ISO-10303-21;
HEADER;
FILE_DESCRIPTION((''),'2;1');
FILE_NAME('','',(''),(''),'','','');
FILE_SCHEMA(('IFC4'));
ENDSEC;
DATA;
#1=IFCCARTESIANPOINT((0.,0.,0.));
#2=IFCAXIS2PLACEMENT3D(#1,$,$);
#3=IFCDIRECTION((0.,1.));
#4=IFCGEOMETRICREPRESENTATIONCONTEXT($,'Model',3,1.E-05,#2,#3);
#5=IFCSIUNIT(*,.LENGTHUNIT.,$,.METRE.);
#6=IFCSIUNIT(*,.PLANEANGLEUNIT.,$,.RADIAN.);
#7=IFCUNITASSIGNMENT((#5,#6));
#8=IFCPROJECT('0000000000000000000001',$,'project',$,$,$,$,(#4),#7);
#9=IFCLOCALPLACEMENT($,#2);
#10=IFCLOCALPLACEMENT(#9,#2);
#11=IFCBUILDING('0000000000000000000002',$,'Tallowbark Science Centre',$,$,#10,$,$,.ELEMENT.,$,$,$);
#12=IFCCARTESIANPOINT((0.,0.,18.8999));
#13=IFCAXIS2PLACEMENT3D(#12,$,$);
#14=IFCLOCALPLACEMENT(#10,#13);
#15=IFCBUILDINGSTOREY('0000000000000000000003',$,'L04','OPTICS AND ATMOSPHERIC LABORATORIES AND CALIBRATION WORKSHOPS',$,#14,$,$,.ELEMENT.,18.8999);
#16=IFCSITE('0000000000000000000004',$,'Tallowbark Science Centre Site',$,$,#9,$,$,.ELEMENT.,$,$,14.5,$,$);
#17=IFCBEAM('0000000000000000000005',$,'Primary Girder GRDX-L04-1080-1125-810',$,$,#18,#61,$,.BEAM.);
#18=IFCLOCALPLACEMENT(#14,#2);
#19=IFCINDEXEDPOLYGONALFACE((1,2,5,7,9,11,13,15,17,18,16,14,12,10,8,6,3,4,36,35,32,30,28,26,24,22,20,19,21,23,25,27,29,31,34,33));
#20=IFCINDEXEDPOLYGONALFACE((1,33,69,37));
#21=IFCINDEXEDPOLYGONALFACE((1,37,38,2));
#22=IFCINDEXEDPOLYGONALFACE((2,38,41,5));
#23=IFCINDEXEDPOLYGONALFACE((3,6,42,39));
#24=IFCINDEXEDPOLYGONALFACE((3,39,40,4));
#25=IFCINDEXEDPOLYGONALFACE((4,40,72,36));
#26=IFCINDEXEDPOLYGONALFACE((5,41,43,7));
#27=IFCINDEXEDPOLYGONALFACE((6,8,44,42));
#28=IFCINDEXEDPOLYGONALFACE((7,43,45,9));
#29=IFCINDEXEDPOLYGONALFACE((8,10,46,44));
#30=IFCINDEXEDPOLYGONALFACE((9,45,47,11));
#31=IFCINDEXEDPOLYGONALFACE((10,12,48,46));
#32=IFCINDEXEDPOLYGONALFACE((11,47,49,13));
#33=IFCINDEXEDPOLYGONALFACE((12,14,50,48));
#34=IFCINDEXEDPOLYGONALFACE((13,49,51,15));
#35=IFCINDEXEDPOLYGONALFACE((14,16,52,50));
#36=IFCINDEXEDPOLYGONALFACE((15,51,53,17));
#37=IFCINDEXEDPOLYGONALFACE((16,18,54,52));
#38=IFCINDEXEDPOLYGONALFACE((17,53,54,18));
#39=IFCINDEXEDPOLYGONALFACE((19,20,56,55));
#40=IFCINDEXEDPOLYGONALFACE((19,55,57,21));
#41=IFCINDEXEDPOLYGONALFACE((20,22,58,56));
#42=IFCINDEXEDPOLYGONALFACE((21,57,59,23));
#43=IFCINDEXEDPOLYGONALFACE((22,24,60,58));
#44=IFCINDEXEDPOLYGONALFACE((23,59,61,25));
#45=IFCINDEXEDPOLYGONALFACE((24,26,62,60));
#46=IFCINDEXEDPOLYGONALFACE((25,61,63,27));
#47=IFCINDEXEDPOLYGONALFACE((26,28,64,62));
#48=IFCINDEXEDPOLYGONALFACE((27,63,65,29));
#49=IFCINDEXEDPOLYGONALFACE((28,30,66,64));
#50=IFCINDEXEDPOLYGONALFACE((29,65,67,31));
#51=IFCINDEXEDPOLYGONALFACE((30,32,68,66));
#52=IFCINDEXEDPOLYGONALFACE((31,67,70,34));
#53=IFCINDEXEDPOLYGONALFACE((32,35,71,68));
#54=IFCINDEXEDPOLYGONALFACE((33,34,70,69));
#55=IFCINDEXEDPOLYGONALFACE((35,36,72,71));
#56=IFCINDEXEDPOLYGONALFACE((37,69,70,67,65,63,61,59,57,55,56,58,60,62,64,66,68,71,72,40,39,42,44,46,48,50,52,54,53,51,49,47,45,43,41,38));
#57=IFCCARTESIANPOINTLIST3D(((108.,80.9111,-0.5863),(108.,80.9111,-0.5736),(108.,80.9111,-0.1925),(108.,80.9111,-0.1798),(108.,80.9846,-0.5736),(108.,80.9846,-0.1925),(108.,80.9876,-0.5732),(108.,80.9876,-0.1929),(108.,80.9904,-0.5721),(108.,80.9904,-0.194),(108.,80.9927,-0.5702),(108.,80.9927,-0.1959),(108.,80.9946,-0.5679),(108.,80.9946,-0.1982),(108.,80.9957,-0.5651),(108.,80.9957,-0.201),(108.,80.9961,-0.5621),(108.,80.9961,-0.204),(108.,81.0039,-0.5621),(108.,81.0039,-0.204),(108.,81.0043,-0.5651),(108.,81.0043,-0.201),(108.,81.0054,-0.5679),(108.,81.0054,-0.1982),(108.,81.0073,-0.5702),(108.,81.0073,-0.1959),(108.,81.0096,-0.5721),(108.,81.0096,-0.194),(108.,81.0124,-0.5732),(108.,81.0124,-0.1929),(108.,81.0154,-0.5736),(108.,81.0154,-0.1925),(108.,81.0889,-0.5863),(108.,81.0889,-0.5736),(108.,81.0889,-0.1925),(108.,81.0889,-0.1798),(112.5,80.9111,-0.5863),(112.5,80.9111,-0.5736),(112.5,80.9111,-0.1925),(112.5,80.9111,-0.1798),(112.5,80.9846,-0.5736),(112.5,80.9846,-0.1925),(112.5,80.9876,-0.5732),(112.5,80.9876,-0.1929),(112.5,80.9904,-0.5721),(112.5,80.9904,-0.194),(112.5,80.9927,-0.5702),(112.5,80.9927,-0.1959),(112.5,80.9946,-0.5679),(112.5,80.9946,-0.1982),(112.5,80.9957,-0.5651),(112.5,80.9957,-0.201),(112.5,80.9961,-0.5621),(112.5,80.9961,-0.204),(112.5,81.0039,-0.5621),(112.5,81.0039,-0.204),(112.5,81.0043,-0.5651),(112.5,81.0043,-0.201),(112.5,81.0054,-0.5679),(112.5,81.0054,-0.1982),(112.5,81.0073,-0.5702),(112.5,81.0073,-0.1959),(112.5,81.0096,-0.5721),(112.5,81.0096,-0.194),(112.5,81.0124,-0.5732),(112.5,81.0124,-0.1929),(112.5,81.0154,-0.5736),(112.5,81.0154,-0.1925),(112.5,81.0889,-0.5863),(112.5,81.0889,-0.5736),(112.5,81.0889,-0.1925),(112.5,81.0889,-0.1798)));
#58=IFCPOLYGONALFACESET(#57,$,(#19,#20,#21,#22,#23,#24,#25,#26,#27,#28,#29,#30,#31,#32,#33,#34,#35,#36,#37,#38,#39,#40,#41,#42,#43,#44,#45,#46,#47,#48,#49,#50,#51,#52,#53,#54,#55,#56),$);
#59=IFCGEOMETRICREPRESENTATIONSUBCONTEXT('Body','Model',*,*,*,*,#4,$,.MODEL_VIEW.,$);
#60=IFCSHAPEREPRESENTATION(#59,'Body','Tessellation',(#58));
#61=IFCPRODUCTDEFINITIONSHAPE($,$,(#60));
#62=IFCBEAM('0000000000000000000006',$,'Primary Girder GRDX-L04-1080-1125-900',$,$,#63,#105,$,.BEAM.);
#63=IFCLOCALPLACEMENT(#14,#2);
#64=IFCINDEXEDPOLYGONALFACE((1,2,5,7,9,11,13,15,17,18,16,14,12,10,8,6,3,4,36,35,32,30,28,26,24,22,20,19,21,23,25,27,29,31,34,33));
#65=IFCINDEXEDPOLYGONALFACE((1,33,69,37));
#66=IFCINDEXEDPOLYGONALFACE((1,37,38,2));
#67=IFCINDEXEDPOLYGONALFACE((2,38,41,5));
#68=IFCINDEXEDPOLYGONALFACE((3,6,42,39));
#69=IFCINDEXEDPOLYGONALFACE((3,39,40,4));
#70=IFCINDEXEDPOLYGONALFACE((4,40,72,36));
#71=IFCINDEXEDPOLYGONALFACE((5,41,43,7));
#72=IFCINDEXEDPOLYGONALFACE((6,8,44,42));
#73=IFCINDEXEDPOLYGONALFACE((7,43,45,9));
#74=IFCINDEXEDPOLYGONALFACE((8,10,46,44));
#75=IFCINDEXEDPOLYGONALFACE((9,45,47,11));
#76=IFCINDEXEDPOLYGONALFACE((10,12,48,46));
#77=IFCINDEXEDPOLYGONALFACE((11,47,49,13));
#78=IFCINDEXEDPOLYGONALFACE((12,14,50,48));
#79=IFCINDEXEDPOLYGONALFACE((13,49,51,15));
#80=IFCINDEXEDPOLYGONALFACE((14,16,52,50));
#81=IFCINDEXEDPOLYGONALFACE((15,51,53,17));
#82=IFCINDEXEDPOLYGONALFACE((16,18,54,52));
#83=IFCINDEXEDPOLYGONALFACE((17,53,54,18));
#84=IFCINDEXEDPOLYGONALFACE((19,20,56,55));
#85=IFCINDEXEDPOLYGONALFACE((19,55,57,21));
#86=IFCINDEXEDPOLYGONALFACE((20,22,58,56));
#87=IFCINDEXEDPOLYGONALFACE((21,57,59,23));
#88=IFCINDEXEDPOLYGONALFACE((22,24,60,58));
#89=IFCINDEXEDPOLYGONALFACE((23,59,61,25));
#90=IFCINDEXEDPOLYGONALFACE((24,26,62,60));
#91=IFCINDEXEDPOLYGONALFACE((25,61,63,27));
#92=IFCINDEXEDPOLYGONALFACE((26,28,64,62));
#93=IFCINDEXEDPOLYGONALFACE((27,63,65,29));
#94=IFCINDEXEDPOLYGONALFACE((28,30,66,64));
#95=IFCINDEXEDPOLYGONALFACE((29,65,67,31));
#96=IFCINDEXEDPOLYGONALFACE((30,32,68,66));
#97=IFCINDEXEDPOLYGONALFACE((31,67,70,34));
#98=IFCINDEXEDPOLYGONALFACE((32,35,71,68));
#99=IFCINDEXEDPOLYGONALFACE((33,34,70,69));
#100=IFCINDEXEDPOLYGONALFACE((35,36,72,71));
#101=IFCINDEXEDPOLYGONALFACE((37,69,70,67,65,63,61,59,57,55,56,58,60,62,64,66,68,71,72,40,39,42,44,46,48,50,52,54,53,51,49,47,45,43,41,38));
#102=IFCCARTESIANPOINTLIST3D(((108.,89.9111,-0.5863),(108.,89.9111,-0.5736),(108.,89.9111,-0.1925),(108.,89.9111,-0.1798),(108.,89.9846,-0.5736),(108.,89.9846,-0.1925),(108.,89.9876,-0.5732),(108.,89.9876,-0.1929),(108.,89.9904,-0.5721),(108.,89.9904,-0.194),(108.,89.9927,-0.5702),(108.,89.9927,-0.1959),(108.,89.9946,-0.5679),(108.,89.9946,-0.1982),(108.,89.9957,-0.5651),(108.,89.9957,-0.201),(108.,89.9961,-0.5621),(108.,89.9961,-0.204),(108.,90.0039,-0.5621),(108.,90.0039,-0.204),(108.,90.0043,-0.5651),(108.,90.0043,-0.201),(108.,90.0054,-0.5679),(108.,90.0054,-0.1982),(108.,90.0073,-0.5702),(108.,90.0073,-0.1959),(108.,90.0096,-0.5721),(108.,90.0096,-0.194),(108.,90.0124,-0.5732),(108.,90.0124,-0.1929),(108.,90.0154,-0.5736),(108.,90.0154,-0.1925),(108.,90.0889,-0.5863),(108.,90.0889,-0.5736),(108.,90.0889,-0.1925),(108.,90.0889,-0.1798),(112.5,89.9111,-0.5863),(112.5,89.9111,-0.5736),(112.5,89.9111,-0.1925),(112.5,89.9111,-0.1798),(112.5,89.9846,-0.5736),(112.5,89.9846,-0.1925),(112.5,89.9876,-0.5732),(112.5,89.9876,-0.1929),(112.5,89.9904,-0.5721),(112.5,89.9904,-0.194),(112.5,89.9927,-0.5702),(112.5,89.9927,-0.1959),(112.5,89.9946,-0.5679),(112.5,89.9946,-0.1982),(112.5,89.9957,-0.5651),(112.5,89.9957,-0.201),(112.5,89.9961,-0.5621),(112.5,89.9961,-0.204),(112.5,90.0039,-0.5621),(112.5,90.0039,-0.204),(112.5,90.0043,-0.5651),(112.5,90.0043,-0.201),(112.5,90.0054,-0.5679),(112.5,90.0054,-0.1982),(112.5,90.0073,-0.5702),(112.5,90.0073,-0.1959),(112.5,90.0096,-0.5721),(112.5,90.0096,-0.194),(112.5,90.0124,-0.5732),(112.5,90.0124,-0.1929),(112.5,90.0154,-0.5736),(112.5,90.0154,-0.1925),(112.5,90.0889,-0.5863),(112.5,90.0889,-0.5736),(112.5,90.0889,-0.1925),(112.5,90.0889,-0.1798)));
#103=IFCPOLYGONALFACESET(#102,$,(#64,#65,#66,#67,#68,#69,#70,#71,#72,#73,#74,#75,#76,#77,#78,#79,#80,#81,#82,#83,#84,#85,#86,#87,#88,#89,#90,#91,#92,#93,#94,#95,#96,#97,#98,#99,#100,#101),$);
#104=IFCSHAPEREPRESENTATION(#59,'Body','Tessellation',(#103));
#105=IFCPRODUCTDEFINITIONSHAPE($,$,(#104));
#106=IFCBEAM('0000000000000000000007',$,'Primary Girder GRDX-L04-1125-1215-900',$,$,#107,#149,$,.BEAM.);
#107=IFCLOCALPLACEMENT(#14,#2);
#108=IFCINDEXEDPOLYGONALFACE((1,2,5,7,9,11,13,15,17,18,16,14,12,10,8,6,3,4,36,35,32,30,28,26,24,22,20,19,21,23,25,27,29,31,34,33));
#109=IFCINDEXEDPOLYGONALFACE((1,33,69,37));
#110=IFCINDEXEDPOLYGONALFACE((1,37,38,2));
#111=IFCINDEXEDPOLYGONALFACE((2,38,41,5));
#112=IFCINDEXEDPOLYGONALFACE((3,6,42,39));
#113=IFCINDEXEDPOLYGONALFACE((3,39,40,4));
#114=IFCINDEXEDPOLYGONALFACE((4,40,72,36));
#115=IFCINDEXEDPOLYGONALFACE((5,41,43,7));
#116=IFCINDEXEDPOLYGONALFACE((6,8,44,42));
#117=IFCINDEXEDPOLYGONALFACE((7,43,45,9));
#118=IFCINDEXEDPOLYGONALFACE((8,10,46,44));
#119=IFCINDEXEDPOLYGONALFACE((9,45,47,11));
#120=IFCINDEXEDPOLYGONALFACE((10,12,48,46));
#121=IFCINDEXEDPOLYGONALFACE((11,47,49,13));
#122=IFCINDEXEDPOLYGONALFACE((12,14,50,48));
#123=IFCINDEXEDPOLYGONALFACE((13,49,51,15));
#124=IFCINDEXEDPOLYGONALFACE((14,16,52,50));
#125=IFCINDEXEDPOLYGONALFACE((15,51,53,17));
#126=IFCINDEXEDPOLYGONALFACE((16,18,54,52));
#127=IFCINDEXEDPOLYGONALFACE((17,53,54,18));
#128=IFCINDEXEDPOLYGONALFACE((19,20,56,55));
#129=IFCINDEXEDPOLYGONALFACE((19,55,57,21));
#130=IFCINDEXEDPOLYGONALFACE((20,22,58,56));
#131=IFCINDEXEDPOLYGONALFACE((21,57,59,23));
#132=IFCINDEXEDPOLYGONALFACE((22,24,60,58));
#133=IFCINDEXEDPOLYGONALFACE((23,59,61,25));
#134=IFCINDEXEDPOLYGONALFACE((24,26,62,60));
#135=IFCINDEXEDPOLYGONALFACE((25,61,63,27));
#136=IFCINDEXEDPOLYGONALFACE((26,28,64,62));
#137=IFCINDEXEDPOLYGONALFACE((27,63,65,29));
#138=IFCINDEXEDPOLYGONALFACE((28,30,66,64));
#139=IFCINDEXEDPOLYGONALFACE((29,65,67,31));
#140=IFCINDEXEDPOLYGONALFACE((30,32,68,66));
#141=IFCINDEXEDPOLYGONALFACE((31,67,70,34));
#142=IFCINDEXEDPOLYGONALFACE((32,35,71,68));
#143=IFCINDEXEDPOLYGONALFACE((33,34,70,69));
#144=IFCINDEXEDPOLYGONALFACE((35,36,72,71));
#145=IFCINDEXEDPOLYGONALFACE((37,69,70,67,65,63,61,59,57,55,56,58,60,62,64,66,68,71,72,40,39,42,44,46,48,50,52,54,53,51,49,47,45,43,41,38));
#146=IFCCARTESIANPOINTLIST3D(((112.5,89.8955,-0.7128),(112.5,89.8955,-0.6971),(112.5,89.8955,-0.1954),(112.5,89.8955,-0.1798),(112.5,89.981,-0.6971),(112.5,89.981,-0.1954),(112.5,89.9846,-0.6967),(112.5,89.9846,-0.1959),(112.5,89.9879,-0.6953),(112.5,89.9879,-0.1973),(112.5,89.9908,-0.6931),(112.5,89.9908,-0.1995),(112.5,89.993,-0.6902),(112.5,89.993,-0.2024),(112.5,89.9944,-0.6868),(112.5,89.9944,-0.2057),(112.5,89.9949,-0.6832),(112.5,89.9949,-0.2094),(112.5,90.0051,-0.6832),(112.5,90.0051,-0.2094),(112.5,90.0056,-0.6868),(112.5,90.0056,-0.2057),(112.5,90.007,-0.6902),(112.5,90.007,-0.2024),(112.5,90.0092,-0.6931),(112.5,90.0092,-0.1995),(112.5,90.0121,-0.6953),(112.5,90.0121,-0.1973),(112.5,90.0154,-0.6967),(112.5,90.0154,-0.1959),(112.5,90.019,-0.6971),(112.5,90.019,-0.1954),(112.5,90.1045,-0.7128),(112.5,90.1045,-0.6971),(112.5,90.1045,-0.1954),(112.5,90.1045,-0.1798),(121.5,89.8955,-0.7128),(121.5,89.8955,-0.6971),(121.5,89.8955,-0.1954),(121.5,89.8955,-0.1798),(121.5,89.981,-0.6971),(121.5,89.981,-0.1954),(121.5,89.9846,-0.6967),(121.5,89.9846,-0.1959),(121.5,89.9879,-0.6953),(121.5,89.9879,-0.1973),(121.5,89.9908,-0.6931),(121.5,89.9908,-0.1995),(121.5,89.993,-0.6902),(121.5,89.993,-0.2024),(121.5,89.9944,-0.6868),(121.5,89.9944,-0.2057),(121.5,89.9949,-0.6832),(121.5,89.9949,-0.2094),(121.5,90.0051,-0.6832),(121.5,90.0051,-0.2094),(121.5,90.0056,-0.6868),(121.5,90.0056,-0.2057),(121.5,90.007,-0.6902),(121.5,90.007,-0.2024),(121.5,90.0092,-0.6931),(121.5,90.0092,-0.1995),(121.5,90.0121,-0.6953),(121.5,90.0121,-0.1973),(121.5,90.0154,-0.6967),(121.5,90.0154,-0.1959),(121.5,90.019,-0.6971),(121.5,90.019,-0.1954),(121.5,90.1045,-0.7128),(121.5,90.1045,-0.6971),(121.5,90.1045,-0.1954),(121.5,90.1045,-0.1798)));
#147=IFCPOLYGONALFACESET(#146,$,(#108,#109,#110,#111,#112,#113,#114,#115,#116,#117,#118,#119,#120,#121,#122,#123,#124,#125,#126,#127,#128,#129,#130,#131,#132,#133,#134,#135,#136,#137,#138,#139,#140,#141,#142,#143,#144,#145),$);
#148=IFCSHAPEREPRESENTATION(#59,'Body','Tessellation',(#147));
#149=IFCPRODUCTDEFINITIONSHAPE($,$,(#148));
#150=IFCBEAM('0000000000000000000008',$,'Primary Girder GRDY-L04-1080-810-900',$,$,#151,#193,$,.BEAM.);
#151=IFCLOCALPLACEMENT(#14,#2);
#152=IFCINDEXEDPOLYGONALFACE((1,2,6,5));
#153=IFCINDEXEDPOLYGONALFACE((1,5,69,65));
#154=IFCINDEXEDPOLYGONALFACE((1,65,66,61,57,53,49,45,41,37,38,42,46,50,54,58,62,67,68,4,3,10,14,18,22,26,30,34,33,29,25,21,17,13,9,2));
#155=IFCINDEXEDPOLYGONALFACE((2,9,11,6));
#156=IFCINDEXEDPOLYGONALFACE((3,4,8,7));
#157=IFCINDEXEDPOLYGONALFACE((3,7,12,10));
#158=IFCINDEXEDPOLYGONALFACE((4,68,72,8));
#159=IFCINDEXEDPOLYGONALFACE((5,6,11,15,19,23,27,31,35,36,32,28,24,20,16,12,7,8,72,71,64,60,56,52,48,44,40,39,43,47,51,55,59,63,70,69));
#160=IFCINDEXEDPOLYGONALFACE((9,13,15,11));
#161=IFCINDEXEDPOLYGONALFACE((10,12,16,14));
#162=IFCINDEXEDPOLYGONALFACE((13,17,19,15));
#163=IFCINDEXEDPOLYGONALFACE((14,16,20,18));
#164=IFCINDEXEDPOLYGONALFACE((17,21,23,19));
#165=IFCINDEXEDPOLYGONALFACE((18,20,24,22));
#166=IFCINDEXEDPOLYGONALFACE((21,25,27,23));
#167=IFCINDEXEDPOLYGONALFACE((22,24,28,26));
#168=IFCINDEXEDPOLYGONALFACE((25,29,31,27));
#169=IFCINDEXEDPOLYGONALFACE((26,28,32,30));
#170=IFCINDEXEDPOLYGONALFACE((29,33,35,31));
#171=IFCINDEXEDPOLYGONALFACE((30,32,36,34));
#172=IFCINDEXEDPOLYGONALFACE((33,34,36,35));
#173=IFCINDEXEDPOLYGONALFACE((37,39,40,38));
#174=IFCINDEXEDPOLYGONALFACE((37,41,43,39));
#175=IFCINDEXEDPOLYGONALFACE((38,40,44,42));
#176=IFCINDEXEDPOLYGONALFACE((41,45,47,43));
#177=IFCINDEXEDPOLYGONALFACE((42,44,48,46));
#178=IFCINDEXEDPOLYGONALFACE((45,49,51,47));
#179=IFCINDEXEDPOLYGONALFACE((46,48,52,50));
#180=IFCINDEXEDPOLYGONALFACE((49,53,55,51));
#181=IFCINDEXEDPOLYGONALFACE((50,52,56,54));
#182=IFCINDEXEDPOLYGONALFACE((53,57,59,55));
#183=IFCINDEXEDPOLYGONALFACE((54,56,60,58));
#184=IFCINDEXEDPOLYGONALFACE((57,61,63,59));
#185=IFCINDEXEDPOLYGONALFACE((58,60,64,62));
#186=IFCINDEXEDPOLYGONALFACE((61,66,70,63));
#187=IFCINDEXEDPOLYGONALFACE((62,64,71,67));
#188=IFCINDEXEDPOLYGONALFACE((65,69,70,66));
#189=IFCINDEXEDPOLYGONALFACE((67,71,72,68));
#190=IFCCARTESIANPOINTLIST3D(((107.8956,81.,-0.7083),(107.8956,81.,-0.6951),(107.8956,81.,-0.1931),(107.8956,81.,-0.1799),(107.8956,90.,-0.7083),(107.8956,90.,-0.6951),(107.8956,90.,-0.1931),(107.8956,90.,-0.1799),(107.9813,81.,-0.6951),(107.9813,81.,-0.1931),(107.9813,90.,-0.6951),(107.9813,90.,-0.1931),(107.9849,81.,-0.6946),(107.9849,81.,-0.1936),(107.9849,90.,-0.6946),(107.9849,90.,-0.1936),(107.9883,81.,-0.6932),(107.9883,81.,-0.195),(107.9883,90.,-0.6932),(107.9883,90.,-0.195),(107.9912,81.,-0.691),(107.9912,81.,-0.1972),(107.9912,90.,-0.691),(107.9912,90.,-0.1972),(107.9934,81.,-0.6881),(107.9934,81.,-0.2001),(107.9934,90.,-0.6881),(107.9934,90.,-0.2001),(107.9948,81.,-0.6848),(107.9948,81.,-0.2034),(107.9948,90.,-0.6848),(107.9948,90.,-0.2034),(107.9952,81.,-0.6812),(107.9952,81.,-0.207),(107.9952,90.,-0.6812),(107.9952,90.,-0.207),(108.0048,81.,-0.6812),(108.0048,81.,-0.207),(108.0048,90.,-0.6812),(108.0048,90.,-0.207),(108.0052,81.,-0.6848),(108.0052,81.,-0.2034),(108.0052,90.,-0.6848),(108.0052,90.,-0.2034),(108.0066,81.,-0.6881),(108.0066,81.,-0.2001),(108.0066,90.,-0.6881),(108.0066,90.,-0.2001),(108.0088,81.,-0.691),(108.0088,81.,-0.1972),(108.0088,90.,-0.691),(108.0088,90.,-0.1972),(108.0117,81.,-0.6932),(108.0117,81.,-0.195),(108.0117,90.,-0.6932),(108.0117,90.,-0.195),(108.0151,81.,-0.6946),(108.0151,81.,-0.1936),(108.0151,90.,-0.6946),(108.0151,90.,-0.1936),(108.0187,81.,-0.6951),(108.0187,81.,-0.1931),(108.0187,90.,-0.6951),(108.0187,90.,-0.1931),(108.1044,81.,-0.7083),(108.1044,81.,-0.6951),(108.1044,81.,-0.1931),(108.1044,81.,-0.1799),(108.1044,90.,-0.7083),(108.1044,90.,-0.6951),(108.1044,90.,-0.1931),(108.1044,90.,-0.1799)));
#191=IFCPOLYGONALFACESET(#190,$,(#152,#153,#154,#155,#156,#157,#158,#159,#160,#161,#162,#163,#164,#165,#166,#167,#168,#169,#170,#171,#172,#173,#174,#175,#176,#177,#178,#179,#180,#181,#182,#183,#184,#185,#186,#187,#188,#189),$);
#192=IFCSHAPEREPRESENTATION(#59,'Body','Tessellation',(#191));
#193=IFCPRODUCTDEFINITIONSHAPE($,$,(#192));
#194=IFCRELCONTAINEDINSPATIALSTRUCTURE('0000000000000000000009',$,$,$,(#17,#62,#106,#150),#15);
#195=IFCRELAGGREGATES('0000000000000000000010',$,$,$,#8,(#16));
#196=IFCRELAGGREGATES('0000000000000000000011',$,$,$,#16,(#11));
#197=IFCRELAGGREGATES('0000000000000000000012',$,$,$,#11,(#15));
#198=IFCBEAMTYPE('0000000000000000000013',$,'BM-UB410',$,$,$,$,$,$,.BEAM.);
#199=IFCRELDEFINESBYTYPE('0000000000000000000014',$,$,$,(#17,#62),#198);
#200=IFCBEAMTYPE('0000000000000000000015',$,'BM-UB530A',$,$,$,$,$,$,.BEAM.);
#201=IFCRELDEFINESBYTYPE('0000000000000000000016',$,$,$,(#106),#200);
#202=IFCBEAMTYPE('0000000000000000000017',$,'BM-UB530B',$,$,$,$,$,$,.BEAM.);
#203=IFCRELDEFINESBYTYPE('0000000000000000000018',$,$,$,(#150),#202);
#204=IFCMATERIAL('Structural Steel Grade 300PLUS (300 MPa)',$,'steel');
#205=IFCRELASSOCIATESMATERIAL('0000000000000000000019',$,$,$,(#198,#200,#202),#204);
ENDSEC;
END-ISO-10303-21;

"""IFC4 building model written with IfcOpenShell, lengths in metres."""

from ifc_helpers import new_model, si_unit, direction, frame, origin, origin_2d, place, context, subcontext, project, spatial, i_section, extrude, material, material_profile, profile_set, type_object, element, save


model = new_model("IFC4")

# Units and contexts
model_context = context("Model", 3, precision=1e-05, world=origin(), true_north=direction((0.0, 1.0)))
body_context = subcontext(model_context, "Body", "Model", "MODEL_VIEW")
ifc_project = project(units=[si_unit("LENGTHUNIT", "METRE"), si_unit("PLANEANGLEUNIT", "RADIAN")], contexts=[model_context])

# Site, building, storey
site_placement = place(None, origin())
site = spatial("IfcSite", under=ifc_project, at=site_placement, Name="Tallowbark Science Centre Site", CompositionType="ELEMENT", RefElevation=14.5)
building_placement = place(site_placement, origin())
building = spatial("IfcBuilding", under=site, at=building_placement, Name="Tallowbark Science Centre", CompositionType="ELEMENT")
storey_placement = place(building_placement, frame((0.0, 0.0, 18.8999)))
storey = spatial("IfcBuildingStorey", under=building, at=storey_placement, Name="L04", Description="OPTICS AND ATMOSPHERIC LABORATORIES AND CALIBRATION WORKSHOPS", CompositionType="ELEMENT", Elevation=18.8999)

# Beams
ifc_material_1 = material(Name="Structural Steel Grade 300PLUS (300 MPa)", Category="steel")
ifc_material_profile_1 = material_profile(ifc_material_1, i_section(OverallWidth=0.1777, OverallDepth=0.4065, WebThickness=0.0078, FlangeThickness=0.0127, FilletRadius=0.0115, at=origin_2d()), Name="410UB59.7")
ifc_profile_set_1 = profile_set([ifc_material_profile_1], Name="Structural Steel Grade 300PLUS (300 MPa)")
beam_type_1 = type_object("IfcBeamType", Name="BM-UB410", PredefinedType="BEAM", material=ifc_profile_set_1)
for number, where, z_axis, x_axis, name in (
    (1, (108.0, 81.0, -0.3831), (1.0, 0.0, 0.0), (0.0, 1.0, 0.0), "Primary Girder GRDX-L04-1080-1125-810"),
    (2, (108.0, 90.0, -0.3831), (1.0, 0.0, 0.0), (0.0, 1.0, 0.0), "Primary Girder GRDX-L04-1080-1125-900"),
):
    element("IfcBeam", number, at=place(storey_placement, frame(where, z_axis=z_axis, x_axis=x_axis)), inside=storey, type_object=beam_type_1, Name=name, PredefinedType="BEAM", context=body_context, shape_type="SweptSolid", body=[
        extrude(i_section(OverallWidth=0.1777, OverallDepth=0.4065, WebThickness=0.0078, FlangeThickness=0.0127, FilletRadius=0.0115, at=origin_2d()), origin(), (0.0, 0.0, 1.0), 4.5),
    ])
ifc_material_profile_2 = material_profile(ifc_material_1, i_section(OverallWidth=0.209, OverallDepth=0.533, WebThickness=0.0103, FlangeThickness=0.0156, FilletRadius=0.0139, at=origin_2d()), Name="530UB92.4")
ifc_profile_set_2 = profile_set([ifc_material_profile_2], Name="Structural Steel Grade 300PLUS (300 MPa)")
beam_type_2 = type_object("IfcBeamType", Name="BM-UB530A", PredefinedType="BEAM", material=ifc_profile_set_2)
beam_placement = place(storey_placement, frame((112.5, 90.0, -0.4463), z_axis=(1.0, 0.0, 0.0), x_axis=(0.0, 1.0, 0.0)))
element("IfcBeam", 3, at=beam_placement, inside=storey, type_object=beam_type_2, Name="Primary Girder GRDX-L04-1125-1215-900", PredefinedType="BEAM", context=body_context, shape_type="SweptSolid", body=[
    extrude(i_section(OverallWidth=0.209, OverallDepth=0.533, WebThickness=0.0103, FlangeThickness=0.0156, FilletRadius=0.0139, at=origin_2d()), origin(), (0.0, 0.0, 1.0), 9.0),
])
ifc_material_profile_3 = material_profile(ifc_material_1, i_section(OverallWidth=0.2087, OverallDepth=0.5283, WebThickness=0.0095, FlangeThickness=0.0132, FilletRadius=0.0139, at=origin_2d()), Name="530UB82.0")
ifc_profile_set_3 = profile_set([ifc_material_profile_3], Name="Structural Steel Grade 300PLUS (300 MPa)")
beam_type_3 = type_object("IfcBeamType", Name="BM-UB530B", PredefinedType="BEAM", material=ifc_profile_set_3)
for number, where, z_axis, x_axis, name in (
    (4, (108.0, 81.0, -0.4441), (0.0, 1.0, 0.0), (-1.0, 0.0, 0.0), "Primary Girder GRDY-L04-1080-810-900"),
):
    element("IfcBeam", number, at=place(storey_placement, frame(where, z_axis=z_axis, x_axis=x_axis)), inside=storey, type_object=beam_type_3, Name=name, PredefinedType="BEAM", context=body_context, shape_type="SweptSolid", body=[
        extrude(i_section(OverallWidth=0.2087, OverallDepth=0.5283, WebThickness=0.0095, FlangeThickness=0.0132, FilletRadius=0.0139, at=origin_2d()), origin(), (0.0, 0.0, 1.0), 9.0),
    ])

save(model, "model.ifc")
